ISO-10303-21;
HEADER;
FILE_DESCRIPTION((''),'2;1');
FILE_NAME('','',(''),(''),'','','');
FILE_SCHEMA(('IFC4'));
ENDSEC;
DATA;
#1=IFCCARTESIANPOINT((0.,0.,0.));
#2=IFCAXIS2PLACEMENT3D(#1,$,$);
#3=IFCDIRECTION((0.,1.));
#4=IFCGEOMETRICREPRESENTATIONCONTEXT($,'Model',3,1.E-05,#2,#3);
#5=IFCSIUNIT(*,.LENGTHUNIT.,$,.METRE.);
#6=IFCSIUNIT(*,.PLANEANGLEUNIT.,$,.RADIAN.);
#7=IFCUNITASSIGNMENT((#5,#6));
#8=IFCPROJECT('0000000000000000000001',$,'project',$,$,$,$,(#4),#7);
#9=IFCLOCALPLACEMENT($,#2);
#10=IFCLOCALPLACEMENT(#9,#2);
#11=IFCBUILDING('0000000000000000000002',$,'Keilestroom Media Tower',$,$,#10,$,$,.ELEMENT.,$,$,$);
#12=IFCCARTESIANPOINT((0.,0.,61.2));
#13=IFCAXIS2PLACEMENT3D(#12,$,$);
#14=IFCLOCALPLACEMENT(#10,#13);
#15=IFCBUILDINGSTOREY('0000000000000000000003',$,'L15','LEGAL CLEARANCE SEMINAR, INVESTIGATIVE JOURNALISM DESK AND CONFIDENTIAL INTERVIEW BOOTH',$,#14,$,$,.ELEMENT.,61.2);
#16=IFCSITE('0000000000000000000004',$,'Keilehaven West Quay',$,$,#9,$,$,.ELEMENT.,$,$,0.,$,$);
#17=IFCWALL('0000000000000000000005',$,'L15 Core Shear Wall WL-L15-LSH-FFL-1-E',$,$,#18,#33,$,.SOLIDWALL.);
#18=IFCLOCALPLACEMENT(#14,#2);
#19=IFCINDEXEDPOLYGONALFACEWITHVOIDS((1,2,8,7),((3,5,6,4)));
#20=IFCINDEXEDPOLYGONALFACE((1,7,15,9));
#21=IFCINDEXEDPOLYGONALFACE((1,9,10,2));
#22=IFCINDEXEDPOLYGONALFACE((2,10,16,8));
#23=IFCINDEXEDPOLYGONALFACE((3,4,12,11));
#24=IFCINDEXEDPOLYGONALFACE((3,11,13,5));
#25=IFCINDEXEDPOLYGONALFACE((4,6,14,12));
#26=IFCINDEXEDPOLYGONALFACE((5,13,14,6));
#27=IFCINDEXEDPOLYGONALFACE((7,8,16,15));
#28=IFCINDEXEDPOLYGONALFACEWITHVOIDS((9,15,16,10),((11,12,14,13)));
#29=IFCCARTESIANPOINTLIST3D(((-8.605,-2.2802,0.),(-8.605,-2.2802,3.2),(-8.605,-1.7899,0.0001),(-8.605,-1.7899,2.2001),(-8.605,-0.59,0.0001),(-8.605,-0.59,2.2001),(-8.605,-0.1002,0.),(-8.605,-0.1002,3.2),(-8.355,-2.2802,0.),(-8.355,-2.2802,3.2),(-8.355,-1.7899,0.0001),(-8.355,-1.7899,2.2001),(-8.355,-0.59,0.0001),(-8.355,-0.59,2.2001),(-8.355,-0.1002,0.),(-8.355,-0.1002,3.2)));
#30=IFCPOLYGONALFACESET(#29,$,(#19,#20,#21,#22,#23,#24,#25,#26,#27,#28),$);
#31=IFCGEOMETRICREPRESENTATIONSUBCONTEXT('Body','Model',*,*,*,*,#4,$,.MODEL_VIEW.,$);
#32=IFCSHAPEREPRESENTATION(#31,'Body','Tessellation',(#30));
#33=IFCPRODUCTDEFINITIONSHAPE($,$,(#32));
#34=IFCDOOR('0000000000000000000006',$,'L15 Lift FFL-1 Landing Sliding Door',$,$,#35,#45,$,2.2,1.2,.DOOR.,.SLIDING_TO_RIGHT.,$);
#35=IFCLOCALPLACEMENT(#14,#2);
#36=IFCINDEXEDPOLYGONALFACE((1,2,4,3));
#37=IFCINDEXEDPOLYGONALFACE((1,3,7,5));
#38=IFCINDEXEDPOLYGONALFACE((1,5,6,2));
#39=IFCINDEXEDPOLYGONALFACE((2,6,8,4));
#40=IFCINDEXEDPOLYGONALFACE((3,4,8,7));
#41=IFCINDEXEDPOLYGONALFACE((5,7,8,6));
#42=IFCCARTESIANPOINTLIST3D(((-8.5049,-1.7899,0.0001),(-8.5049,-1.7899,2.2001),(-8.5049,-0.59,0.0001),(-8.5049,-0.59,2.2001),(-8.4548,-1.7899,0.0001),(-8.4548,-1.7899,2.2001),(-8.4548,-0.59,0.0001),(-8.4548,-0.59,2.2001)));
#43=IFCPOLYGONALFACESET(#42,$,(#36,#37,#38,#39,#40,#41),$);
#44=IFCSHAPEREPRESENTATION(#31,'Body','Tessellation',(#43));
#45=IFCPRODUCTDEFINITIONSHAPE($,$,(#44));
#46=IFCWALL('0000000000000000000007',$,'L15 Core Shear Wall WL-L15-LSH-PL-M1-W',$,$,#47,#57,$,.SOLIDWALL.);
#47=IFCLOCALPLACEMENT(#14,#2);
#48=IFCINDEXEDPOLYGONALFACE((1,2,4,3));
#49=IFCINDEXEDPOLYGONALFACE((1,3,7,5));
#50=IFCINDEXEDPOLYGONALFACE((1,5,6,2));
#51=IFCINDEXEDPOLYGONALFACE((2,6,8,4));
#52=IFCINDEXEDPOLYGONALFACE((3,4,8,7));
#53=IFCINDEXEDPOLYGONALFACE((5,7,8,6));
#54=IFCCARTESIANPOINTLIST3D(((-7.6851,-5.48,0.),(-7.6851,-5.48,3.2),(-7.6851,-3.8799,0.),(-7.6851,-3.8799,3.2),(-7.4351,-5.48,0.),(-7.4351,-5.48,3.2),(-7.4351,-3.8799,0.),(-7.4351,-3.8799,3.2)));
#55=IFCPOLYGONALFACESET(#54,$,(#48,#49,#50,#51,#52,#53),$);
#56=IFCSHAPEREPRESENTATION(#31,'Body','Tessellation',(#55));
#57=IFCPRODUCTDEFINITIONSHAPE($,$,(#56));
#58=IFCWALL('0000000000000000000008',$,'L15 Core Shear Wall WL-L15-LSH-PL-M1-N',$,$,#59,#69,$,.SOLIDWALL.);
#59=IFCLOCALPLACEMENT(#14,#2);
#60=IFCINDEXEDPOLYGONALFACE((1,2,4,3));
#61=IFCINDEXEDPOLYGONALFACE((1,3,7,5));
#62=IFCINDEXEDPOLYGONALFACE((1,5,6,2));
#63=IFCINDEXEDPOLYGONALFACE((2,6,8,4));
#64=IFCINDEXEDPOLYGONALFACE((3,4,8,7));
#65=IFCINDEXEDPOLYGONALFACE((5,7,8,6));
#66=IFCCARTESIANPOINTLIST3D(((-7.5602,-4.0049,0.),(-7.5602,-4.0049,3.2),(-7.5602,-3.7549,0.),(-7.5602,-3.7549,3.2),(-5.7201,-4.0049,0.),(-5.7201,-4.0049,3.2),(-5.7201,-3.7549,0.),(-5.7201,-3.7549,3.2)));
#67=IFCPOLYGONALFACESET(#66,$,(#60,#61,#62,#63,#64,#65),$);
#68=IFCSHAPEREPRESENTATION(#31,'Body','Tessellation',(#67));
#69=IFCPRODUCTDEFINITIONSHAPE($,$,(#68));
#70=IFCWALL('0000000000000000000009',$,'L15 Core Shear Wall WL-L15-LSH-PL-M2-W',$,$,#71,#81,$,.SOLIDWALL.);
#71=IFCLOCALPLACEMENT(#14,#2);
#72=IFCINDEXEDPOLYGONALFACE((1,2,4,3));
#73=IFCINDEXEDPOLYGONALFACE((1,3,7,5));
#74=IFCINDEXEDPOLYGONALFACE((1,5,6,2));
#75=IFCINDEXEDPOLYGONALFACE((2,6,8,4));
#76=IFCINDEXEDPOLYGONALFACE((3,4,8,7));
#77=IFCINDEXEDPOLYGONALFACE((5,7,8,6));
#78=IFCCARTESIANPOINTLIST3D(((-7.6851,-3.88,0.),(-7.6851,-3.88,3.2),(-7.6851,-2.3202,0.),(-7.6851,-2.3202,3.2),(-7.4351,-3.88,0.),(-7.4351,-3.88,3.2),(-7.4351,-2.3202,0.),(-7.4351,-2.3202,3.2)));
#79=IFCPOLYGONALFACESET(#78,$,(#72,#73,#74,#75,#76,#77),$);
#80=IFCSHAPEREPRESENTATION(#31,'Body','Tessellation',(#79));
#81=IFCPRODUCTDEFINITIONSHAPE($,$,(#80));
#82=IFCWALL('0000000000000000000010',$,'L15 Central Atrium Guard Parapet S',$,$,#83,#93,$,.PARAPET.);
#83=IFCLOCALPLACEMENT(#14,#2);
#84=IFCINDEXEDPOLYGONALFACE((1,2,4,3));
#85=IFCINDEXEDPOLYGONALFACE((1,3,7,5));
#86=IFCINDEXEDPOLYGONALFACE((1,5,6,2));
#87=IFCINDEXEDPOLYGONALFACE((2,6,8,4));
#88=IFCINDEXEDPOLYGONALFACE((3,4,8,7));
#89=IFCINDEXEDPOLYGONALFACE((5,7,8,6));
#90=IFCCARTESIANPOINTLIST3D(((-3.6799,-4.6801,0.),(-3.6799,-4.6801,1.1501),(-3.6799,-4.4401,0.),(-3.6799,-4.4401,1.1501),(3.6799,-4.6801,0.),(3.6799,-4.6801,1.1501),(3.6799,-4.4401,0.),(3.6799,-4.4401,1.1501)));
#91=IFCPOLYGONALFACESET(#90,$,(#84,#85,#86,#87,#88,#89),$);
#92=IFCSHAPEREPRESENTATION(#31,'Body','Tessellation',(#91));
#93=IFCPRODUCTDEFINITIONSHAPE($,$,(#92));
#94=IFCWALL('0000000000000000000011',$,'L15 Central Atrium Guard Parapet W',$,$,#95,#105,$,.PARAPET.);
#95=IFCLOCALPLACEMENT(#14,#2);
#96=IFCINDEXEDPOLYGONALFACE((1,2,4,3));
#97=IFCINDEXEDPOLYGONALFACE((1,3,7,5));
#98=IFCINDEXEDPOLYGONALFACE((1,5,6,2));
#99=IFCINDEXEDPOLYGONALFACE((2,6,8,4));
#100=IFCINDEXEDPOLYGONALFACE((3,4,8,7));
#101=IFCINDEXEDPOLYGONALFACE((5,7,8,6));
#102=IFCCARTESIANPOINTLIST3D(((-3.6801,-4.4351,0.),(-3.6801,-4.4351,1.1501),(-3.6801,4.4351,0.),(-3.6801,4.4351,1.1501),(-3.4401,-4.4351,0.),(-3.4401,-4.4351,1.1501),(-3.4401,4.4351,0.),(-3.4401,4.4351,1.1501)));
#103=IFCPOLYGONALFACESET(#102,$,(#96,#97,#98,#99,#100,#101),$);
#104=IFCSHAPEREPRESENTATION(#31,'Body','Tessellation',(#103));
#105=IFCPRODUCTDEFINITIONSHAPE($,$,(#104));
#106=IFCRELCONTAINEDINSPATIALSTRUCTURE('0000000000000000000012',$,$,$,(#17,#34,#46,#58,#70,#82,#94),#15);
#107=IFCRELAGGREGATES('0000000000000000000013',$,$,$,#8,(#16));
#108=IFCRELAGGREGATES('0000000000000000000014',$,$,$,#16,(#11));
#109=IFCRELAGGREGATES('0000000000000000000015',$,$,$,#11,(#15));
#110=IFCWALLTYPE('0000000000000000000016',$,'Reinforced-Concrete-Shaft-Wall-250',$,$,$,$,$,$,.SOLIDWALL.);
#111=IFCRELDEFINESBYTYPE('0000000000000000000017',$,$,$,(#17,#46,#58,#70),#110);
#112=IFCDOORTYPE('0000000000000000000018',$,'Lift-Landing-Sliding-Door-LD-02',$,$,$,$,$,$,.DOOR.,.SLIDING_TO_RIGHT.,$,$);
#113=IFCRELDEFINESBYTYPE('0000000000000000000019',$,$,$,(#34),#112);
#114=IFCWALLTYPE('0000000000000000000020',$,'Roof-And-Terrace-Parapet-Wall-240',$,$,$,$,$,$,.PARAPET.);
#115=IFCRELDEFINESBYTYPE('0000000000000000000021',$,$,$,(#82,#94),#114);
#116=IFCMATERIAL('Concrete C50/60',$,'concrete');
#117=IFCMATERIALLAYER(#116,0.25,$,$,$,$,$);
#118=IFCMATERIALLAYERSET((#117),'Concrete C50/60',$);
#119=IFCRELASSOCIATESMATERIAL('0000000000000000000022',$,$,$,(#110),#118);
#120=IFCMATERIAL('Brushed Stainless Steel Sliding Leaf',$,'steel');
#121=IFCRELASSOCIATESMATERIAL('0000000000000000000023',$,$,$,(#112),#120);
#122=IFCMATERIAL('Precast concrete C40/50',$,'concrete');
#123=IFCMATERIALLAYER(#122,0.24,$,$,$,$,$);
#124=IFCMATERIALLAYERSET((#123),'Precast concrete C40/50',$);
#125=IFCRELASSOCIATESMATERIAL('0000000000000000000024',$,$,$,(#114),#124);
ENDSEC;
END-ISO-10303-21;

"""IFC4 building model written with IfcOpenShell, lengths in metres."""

from ifc_helpers import new_model, si_unit, direction, frame, frame_2d, origin, place, context, subcontext, project, spatial, rectangle, extrude, source, transform, mapped, material, layer, layer_set, type_object, element, fill, save


model = new_model("IFC4")

# Units and contexts
model_context = context("Model", 3, precision=1e-05, world=origin(), true_north=direction((0.0, 1.0)))
body_context = subcontext(model_context, "Body", "Model", "MODEL_VIEW")
ifc_project = project(units=[si_unit("LENGTHUNIT", "METRE"), si_unit("PLANEANGLEUNIT", "RADIAN")], contexts=[model_context])

# Site, building, storey
site_placement = place(None, origin())
site = spatial("IfcSite", under=ifc_project, at=site_placement, Name="Keilehaven West Quay", CompositionType="ELEMENT", RefElevation=0.0)
building_placement = place(site_placement, origin())
building = spatial("IfcBuilding", under=site, at=building_placement, Name="Keilestroom Media Tower", CompositionType="ELEMENT")
storey_placement = place(building_placement, frame((0.0, 0.0, 61.2)))
storey = spatial("IfcBuildingStorey", under=building, at=storey_placement, Name="L15", Description="LEGAL CLEARANCE SEMINAR, INVESTIGATIVE JOURNALISM DESK AND CONFIDENTIAL INTERVIEW BOOTH", CompositionType="ELEMENT", Elevation=61.2)

# Shared definitions
shared_shape_1 = source(origin(), body_context, "Body", "SweptSolid", [
    extrude(rectangle(XDim=1.2, YDim=2.2, at=frame_2d((0.6001, 1.1001))), frame((0.0, 0.0249, 0.0), z_axis=(0.0, -1.0, 0.0), x_axis=(1.0, 0.0, 0.0)), (0.0, 0.0, 1.0), 0.05),
])

# Shared definitions
ifc_material_1 = material(Name="Concrete C50/60", Category="concrete")
ifc_layer_1 = layer(ifc_material_1, 0.25)
ifc_layer_set_1 = layer_set([ifc_layer_1], Name="Concrete C50/60")
wall_type_1 = type_object("IfcWallType", Name="Reinforced-Concrete-Shaft-Wall-250", PredefinedType="SOLIDWALL", material=ifc_layer_set_1)

# Wall, opening, door
wall_1_placement = place(storey_placement, frame((-8.48, -2.28, 0.0), z_axis=(0.0, 0.0, 1.0), x_axis=(0.0, 1.0, 0.0)))
wall_1 = element("IfcWall", 1, at=wall_1_placement, inside=storey, type_object=wall_type_1, Name="L15 Core Shear Wall WL-L15-LSH-FFL-1-E", PredefinedType="SOLIDWALL", context=body_context, shape_type="SweptSolid", body=[
    extrude(rectangle(XDim=2.1799, YDim=0.25, at=frame_2d((1.0898, 0.0))), origin(), (0.0, 0.0, 1.0), 3.2),
])
opening_1_placement = place(wall_1_placement, frame((0.49, 0.0, 0.0)))
opening_1 = element("IfcOpeningElement", 2, at=opening_1_placement, cuts=wall_1, PredefinedType="OPENING", context=body_context, shape_type="SweptSolid", body=[
    extrude(rectangle(XDim=1.2, YDim=2.2, at=frame_2d((0.6001, 1.1001))), frame((0.0, 0.135, 0.0), z_axis=(0.0, -1.0, 0.0), x_axis=(1.0, 0.0, 0.0)), (0.0, 0.0, 1.0), 0.27),
])
ifc_material_2 = material(Name="Brushed Stainless Steel Sliding Leaf", Category="steel")
door_type_1 = type_object("IfcDoorType", Name="Lift-Landing-Sliding-Door-LD-02", OperationType="SLIDING_TO_RIGHT", PredefinedType="DOOR", material=ifc_material_2)
door_1_placement = place(opening_1_placement, origin())
door_1 = element("IfcDoor", 3, at=door_1_placement, inside=storey, type_object=door_type_1, Name="L15 Lift FFL-1 Landing Sliding Door", OperationType="SLIDING_TO_RIGHT", OverallHeight=2.2, OverallWidth=1.2, PredefinedType="DOOR", context=body_context, shape_type="MappedRepresentation", body=[
    mapped(shared_shape_1, transform((0.0, 0.0, 0.0), x_axis=(1.0, 0.0, 0.0), y_axis=(0.0, 1.0, 0.0), z_axis=(0.0, 0.0, 1.0), scale=1.0)),
])
fill(opening_1, door_1)

# Walls
wall_2_placement = place(storey_placement, frame((-7.5601, -5.48, 0.0), z_axis=(0.0, 0.0, 1.0), x_axis=(0.0, 1.0, 0.0)))
element("IfcWall", 4, at=wall_2_placement, inside=storey, type_object=wall_type_1, Name="L15 Core Shear Wall WL-L15-LSH-PL-M1-W", PredefinedType="SOLIDWALL", context=body_context, shape_type="SweptSolid", body=[
    extrude(rectangle(XDim=1.6001, YDim=0.25, at=frame_2d((0.8, 0.0))), origin(), (0.0, 0.0, 1.0), 3.2),
])
wall_3_placement = place(storey_placement, frame((-7.5601, -3.8799, 0.0), z_axis=(0.0, 0.0, 1.0), x_axis=(1.0, 0.0, 0.0)))
element("IfcWall", 5, at=wall_3_placement, inside=storey, type_object=wall_type_1, Name="L15 Core Shear Wall WL-L15-LSH-PL-M1-N", PredefinedType="SOLIDWALL", context=body_context, shape_type="SweptSolid", body=[
    extrude(rectangle(XDim=1.8401, YDim=0.25, at=frame_2d((0.9199, 0.0))), origin(), (0.0, 0.0, 1.0), 3.2),
])
wall_4_placement = place(storey_placement, frame((-7.5601, -3.8799, 0.0), z_axis=(0.0, 0.0, 1.0), x_axis=(0.0, 1.0, 0.0)))
element("IfcWall", 6, at=wall_4_placement, inside=storey, type_object=wall_type_1, Name="L15 Core Shear Wall WL-L15-LSH-PL-M2-W", PredefinedType="SOLIDWALL", context=body_context, shape_type="SweptSolid", body=[
    extrude(rectangle(XDim=1.5598, YDim=0.25, at=frame_2d((0.7798, 0.0))), origin(), (0.0, 0.0, 1.0), 3.2),
])
ifc_material_3 = material(Name="Precast concrete C40/50", Category="concrete")
ifc_layer_2 = layer(ifc_material_3, 0.24)
ifc_layer_set_2 = layer_set([ifc_layer_2], Name="Precast concrete C40/50")
wall_type_2 = type_object("IfcWallType", Name="Roof-And-Terrace-Parapet-Wall-240", PredefinedType="PARAPET", material=ifc_layer_set_2)
wall_5_placement = place(storey_placement, frame((-3.6799, -4.5601, 0.0), z_axis=(0.0, 0.0, 1.0), x_axis=(1.0, 0.0, 0.0)))
element("IfcWall", 7, at=wall_5_placement, inside=storey, type_object=wall_type_2, Name="L15 Central Atrium Guard Parapet S", PredefinedType="PARAPET", context=body_context, shape_type="SweptSolid", body=[
    extrude(rectangle(XDim=7.3599, YDim=0.24, at=frame_2d((3.6799, 0.0))), origin(), (0.0, 0.0, 1.0), 1.1501),
])
wall_6_placement = place(storey_placement, frame((-3.5601, -4.4351, 0.0), z_axis=(0.0, 0.0, 1.0), x_axis=(0.0, 1.0, 0.0)))
element("IfcWall", 8, at=wall_6_placement, inside=storey, type_object=wall_type_2, Name="L15 Central Atrium Guard Parapet W", PredefinedType="PARAPET", context=body_context, shape_type="SweptSolid", body=[
    extrude(rectangle(XDim=8.8701, YDim=0.24, at=frame_2d((4.4351, 0.0))), origin(), (0.0, 0.0, 1.0), 1.1501),
])

save(model, "model.ifc")
